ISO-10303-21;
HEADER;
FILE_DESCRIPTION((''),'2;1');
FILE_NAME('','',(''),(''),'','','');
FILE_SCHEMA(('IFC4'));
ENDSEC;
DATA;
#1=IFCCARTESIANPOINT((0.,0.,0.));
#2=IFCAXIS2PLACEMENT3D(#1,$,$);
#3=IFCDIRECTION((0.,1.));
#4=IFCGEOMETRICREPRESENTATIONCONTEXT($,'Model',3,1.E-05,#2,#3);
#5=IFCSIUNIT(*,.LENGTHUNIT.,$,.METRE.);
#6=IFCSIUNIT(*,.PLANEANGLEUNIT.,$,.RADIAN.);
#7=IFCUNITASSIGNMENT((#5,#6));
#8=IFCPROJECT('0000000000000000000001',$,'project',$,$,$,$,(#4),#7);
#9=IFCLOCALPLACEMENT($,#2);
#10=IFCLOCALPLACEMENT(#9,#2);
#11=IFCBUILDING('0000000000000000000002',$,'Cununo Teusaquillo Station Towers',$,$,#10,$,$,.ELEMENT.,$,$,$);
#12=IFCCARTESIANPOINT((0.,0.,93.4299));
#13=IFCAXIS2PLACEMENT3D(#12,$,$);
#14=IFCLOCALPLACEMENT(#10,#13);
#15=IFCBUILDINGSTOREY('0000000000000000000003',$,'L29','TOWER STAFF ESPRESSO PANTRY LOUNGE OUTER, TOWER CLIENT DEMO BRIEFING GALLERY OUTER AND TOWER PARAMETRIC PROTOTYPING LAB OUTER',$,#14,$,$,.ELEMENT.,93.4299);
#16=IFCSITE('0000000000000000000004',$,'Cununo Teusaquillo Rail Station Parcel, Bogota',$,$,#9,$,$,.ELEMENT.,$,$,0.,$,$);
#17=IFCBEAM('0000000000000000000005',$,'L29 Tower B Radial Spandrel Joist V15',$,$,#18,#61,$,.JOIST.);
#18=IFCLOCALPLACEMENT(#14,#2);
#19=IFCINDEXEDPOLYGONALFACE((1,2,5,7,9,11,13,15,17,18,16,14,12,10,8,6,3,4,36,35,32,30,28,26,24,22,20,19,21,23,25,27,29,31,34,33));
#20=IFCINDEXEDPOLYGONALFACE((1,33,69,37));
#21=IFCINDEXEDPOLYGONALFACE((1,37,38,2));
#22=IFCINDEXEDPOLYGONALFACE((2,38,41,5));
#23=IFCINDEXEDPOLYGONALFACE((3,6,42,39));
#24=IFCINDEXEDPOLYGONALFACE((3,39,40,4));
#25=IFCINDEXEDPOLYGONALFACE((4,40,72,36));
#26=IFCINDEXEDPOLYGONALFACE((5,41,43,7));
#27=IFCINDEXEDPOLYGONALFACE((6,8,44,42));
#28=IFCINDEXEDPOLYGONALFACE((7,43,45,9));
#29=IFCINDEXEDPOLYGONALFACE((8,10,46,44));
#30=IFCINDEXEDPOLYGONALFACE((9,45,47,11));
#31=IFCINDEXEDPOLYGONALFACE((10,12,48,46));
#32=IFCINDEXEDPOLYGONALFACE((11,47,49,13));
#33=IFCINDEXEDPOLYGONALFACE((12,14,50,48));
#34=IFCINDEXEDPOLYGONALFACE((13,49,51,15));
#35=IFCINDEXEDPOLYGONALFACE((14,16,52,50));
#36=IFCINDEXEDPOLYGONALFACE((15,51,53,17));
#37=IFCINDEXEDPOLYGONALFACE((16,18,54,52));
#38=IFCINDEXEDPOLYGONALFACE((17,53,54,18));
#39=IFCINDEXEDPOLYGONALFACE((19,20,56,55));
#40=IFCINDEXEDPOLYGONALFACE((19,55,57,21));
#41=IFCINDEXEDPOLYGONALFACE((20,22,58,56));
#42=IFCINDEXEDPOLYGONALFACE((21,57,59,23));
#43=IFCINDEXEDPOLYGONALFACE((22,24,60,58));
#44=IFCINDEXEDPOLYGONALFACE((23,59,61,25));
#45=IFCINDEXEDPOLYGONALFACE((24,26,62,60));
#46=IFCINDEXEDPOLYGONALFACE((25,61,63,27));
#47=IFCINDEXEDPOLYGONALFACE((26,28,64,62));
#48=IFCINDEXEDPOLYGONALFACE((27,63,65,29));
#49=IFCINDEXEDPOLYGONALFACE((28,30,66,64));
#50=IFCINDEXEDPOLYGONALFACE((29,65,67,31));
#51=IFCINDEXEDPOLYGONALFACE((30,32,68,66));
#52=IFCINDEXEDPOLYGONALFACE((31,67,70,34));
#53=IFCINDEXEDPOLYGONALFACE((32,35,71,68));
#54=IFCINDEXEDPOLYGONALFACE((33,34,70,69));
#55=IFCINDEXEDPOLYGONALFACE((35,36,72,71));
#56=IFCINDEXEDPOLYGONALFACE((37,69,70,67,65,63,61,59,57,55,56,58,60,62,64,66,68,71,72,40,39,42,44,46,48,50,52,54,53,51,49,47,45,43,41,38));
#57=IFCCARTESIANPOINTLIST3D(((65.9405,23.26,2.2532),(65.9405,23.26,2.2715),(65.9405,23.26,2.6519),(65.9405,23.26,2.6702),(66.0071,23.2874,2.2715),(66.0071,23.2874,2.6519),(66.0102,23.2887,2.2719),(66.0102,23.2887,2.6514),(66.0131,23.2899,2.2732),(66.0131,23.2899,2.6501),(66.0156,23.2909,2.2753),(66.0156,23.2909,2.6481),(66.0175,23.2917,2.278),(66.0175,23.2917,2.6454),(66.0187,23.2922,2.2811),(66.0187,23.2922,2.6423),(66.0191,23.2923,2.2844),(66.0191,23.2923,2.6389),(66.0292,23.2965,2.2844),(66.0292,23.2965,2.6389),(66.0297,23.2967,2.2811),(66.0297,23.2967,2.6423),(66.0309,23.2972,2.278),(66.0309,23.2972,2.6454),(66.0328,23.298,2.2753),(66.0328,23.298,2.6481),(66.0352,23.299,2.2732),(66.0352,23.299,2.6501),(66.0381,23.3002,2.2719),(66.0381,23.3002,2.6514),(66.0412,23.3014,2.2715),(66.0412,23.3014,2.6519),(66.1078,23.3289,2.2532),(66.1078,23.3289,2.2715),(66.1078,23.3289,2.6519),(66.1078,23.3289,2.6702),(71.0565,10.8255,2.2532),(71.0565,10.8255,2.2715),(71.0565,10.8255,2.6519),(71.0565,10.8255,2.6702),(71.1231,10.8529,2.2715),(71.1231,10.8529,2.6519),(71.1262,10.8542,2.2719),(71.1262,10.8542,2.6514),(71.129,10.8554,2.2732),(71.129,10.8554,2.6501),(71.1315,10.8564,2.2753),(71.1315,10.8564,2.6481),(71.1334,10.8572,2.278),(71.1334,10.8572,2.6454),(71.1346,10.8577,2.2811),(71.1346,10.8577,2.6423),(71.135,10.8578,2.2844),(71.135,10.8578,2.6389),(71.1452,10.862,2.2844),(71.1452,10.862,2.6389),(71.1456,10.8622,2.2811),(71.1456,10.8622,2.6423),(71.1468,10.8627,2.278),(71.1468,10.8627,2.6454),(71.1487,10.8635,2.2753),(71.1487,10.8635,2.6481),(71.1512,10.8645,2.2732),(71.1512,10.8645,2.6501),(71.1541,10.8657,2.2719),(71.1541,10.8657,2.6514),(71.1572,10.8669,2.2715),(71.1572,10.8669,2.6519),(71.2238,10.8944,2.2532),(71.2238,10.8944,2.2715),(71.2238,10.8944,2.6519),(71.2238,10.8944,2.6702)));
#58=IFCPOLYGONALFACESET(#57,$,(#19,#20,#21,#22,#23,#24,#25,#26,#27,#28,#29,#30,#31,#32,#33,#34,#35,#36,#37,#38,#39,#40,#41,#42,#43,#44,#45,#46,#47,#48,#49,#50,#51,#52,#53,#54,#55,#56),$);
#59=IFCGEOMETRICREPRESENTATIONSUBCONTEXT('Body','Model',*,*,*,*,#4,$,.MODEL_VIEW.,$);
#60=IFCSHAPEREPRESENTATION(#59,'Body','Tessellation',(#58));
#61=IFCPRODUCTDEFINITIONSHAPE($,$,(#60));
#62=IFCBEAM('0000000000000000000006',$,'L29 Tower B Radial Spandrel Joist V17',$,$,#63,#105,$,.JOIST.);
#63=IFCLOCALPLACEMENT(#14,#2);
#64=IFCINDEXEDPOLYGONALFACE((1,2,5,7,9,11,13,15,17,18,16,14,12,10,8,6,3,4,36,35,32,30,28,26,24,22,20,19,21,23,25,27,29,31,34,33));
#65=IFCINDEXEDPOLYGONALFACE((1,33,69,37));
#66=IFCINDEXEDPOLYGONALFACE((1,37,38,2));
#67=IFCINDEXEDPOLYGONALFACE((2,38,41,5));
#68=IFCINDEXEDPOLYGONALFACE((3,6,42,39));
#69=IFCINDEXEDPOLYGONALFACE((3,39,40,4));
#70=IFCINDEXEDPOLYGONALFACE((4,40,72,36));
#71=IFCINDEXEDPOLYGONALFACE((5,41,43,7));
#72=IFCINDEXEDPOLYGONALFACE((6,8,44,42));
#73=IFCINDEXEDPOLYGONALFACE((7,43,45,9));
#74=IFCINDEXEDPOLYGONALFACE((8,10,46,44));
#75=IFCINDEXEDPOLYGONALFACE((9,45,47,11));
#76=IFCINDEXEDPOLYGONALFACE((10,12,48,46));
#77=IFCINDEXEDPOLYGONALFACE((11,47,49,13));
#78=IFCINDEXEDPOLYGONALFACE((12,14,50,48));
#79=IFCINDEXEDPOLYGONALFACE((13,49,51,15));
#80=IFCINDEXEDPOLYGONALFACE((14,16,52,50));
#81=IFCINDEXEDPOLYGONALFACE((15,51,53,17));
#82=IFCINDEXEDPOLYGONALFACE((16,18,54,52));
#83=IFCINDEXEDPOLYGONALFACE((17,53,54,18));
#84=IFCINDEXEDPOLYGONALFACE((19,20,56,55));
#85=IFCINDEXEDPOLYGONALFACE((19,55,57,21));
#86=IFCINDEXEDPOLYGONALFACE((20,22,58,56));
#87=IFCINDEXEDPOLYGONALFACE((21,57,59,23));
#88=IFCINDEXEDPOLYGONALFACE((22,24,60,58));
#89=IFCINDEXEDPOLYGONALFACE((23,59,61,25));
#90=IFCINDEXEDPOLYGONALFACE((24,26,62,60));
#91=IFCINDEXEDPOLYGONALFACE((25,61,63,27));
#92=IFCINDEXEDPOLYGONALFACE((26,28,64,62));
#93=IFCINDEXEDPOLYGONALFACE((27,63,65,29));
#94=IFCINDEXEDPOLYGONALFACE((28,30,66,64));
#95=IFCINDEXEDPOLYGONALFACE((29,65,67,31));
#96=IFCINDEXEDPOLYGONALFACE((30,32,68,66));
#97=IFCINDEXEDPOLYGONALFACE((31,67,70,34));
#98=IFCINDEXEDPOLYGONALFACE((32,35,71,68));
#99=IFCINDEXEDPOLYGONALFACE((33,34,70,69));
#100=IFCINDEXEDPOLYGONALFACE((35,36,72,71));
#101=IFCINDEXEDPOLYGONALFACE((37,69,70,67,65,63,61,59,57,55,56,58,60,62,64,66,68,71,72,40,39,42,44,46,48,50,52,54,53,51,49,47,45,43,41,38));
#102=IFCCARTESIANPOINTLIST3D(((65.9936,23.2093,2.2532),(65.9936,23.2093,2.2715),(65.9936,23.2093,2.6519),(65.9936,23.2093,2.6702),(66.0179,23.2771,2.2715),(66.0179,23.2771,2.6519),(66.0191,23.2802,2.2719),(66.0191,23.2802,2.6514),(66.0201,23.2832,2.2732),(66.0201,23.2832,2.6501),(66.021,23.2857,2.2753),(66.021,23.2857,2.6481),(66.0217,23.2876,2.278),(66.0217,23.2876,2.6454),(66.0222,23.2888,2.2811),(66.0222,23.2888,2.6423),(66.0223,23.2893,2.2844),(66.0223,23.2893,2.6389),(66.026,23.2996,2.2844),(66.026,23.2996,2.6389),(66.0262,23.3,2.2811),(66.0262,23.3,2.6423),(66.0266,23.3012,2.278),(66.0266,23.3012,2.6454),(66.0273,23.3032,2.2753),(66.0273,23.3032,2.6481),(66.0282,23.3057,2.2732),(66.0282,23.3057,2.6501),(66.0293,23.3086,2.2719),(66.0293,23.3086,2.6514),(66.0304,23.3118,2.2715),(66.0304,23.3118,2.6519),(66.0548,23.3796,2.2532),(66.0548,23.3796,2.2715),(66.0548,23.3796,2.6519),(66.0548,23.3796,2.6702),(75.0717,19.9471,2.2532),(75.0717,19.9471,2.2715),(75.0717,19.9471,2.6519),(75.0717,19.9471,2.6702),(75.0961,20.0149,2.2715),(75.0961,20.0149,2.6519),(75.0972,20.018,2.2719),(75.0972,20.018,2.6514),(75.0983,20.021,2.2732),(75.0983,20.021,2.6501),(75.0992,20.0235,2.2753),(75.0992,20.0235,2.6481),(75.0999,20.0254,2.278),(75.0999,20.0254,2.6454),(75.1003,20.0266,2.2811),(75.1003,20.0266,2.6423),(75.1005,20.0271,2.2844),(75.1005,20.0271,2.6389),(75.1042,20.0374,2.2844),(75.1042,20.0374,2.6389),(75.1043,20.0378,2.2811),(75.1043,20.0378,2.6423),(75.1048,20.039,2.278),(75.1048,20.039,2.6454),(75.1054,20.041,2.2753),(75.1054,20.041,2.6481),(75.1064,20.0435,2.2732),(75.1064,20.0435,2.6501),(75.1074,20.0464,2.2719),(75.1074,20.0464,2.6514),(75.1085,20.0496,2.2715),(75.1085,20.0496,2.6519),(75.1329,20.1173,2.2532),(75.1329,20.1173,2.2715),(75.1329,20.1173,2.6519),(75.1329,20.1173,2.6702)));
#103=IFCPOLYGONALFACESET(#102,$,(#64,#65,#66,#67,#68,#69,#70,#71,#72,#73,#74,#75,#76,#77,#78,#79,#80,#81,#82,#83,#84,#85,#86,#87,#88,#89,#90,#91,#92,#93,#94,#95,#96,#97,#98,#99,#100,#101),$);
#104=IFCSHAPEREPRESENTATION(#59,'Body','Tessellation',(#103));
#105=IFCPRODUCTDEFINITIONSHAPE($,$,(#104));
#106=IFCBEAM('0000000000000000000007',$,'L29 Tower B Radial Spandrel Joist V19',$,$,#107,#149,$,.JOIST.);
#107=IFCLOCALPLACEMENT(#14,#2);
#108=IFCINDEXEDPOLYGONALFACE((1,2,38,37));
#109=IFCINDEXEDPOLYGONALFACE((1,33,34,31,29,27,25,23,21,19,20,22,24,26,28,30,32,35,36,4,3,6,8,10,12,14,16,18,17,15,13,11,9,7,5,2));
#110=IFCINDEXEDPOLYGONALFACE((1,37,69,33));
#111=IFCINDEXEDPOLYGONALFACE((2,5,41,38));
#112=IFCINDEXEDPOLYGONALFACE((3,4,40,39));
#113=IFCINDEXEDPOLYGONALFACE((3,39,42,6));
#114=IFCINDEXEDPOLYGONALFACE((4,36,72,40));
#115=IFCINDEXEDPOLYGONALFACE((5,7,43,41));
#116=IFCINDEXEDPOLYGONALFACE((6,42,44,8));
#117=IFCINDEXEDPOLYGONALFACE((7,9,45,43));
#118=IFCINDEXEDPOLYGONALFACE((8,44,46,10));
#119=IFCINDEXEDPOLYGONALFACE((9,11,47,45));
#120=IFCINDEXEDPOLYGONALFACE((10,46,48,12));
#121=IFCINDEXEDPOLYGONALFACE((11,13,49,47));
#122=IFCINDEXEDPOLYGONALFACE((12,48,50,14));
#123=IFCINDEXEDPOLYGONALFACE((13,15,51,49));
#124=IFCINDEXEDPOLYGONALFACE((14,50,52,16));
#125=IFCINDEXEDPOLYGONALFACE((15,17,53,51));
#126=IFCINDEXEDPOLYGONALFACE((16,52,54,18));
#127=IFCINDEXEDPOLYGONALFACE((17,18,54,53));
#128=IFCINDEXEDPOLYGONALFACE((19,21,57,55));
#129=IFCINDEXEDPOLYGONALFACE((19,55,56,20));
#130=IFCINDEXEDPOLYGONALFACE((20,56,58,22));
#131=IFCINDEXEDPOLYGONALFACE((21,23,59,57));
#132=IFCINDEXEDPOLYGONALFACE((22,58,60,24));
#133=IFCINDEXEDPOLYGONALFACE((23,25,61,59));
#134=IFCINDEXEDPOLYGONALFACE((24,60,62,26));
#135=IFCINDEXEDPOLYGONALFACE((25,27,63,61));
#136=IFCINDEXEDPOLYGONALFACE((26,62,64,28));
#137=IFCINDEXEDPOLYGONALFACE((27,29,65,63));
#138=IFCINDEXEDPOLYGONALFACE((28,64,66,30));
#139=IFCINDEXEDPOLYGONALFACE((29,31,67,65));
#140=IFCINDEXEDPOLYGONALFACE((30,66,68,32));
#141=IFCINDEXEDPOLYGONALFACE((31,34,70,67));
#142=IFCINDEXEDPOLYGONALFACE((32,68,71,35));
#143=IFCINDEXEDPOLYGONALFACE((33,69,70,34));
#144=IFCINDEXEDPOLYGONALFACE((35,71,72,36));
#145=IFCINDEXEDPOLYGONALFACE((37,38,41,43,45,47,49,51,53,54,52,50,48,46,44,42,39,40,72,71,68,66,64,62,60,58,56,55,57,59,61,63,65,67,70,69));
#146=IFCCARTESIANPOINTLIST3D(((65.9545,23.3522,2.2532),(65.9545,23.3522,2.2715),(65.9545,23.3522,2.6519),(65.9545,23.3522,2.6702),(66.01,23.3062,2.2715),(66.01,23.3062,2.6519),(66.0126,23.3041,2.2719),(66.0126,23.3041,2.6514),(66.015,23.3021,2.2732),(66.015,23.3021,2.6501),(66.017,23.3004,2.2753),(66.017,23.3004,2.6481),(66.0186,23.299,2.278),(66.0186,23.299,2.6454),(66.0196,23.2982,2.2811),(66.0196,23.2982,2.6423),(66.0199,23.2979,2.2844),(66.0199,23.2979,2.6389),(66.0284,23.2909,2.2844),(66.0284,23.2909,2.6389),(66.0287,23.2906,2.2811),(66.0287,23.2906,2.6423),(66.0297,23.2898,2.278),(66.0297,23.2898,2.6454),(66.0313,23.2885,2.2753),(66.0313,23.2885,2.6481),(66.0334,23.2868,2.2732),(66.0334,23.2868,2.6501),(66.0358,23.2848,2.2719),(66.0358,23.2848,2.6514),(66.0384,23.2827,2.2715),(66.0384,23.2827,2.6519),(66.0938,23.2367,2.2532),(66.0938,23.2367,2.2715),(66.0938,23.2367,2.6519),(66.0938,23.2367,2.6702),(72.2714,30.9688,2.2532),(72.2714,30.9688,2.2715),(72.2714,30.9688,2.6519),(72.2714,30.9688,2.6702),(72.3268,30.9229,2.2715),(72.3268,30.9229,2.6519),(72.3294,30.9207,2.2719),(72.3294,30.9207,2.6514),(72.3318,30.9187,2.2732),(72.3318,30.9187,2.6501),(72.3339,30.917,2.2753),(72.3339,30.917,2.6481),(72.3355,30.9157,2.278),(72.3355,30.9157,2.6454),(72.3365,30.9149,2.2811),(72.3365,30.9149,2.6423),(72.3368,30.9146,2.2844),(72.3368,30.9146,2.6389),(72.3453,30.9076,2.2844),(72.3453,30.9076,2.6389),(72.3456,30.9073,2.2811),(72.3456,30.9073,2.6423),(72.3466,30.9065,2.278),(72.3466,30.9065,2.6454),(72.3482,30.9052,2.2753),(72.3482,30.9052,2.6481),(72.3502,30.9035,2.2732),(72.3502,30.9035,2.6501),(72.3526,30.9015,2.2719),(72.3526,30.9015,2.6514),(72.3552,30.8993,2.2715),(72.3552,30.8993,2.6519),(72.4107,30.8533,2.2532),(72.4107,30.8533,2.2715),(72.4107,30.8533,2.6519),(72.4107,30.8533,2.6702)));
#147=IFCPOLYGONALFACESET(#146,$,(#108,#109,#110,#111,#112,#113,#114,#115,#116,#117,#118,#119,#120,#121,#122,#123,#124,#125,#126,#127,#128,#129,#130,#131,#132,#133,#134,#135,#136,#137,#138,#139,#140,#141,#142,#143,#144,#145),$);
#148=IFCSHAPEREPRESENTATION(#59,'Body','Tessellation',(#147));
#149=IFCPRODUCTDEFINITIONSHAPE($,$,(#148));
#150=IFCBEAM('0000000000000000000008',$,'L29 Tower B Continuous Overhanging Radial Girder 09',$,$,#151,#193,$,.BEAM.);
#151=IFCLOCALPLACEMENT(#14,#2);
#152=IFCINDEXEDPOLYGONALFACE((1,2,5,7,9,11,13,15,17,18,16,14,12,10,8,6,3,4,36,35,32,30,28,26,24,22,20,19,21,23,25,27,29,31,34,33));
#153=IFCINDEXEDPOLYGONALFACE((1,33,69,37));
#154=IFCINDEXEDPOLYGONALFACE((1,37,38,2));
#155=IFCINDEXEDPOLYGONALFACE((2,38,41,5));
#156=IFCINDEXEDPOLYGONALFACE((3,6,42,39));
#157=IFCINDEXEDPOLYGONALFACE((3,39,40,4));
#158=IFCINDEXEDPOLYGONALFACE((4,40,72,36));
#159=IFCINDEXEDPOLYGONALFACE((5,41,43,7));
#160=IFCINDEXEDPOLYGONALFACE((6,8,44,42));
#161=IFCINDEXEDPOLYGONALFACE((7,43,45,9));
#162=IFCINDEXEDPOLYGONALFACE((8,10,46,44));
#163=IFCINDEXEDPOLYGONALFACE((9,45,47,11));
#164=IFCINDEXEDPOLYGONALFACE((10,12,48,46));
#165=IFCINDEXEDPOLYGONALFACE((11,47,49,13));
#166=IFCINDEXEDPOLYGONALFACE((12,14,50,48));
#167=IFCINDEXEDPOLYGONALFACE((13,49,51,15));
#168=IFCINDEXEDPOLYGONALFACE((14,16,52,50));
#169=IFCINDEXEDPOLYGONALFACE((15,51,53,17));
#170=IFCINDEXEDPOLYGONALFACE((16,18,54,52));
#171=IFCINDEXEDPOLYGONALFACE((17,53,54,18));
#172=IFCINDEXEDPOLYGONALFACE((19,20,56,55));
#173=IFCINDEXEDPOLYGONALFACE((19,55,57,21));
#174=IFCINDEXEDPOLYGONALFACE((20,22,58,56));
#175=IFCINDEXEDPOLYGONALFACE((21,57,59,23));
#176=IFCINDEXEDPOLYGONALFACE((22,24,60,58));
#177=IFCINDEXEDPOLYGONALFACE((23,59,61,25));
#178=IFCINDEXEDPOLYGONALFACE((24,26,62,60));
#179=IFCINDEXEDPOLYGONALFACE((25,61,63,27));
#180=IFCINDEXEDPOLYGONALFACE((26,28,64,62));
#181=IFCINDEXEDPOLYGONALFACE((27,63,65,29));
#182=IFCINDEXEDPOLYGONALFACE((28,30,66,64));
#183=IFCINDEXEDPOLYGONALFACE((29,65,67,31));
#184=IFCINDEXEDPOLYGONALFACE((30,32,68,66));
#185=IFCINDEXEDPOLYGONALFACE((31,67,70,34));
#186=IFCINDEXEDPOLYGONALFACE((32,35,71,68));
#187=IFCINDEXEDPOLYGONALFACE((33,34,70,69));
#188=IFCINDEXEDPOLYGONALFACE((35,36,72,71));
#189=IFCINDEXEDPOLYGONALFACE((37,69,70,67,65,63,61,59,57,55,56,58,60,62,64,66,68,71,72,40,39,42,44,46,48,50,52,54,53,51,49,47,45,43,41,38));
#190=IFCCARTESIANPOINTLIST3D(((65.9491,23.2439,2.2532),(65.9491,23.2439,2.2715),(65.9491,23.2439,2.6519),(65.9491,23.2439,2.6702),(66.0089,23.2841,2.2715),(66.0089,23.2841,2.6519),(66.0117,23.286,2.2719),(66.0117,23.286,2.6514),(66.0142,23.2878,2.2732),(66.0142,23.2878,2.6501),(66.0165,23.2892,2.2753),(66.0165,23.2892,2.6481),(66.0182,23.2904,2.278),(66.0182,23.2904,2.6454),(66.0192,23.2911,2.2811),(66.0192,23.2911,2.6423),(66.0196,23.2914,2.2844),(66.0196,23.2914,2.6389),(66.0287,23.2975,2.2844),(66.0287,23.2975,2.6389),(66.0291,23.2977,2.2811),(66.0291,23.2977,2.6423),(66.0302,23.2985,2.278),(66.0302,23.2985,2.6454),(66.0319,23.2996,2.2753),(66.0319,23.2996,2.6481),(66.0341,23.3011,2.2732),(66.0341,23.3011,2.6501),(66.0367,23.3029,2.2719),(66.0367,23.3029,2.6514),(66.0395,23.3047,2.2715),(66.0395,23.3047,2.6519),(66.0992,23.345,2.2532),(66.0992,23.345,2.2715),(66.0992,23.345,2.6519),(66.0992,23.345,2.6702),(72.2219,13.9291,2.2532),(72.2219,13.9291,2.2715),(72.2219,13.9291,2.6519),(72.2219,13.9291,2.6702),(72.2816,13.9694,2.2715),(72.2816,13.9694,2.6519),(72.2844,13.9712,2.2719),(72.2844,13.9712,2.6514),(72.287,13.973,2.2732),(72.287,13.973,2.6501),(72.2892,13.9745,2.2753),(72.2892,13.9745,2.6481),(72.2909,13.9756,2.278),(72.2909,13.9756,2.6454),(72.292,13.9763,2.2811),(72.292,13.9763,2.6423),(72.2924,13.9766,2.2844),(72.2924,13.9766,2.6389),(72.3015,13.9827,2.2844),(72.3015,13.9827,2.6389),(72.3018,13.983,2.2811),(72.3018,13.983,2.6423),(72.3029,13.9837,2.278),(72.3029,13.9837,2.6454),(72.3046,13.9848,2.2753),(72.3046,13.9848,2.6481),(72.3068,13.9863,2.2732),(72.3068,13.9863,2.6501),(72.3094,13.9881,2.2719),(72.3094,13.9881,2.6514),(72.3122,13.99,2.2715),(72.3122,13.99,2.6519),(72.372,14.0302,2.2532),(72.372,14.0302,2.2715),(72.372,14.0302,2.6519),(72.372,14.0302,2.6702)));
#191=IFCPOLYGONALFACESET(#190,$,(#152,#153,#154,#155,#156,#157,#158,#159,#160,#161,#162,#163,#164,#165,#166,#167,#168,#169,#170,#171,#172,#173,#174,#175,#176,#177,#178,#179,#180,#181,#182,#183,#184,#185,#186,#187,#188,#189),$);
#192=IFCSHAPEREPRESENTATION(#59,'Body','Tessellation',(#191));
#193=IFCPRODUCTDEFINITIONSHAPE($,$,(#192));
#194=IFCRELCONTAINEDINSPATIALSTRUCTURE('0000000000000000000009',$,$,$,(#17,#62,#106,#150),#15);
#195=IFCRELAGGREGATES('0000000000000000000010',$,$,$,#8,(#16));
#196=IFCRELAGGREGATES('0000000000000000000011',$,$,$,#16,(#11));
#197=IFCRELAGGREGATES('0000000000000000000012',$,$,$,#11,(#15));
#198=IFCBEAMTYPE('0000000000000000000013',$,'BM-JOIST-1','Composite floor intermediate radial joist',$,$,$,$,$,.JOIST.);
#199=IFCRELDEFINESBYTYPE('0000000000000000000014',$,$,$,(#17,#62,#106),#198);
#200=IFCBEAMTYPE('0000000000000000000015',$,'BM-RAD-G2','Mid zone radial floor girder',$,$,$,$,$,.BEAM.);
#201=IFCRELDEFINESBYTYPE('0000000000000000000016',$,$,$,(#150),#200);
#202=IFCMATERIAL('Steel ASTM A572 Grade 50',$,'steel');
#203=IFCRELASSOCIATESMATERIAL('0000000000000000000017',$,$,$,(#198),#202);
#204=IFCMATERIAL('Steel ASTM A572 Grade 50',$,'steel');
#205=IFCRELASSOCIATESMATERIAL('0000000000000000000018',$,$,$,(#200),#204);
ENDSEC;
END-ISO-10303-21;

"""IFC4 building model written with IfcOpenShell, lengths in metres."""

from ifc_helpers import new_model, si_unit, direction, frame, origin, origin_2d, place, context, subcontext, project, spatial, i_section, extrude, material, material_profile, profile_set, type_object, element, save


model = new_model("IFC4")

# Units and contexts
model_context = context("Model", 3, precision=1e-05, world=origin(), true_north=direction((0.0, 1.0)))
body_context = subcontext(model_context, "Body", "Model", "MODEL_VIEW")
ifc_project = project(units=[si_unit("LENGTHUNIT", "METRE"), si_unit("PLANEANGLEUNIT", "RADIAN")], contexts=[model_context])

# Site, building, storey
site_placement = place(None, origin())
site = spatial("IfcSite", under=ifc_project, at=site_placement, Name="Cununo Teusaquillo Rail Station Parcel, Bogota", CompositionType="ELEMENT", RefElevation=0.0)
building_placement = place(site_placement, origin())
building = spatial("IfcBuilding", under=site, at=building_placement, Name="Cununo Teusaquillo Station Towers", CompositionType="ELEMENT")
storey_placement = place(building_placement, frame((0.0, 0.0, 93.4299)))
storey = spatial("IfcBuildingStorey", under=building, at=storey_placement, Name="L29", Description="TOWER STAFF ESPRESSO PANTRY LOUNGE OUTER, TOWER CLIENT DEMO BRIEFING GALLERY OUTER AND TOWER PARAMETRIC PROTOTYPING LAB OUTER", CompositionType="ELEMENT", Elevation=93.4299)

# Beams
ifc_material_1 = material(Name="Steel ASTM A572 Grade 50", Category="steel")
ifc_material_profile_1 = material_profile(ifc_material_1, i_section(OverallWidth=0.1809, OverallDepth=0.417, WebThickness=0.011, FlangeThickness=0.0183, FilletRadius=0.0129, at=origin_2d()), Name="W16X57")
ifc_profile_set_1 = profile_set([ifc_material_profile_1], Name="Steel ASTM A572 Grade 50")
beam_type_1 = type_object("IfcBeamType", Name="BM-JOIST-1", Description="Composite floor intermediate radial joist", PredefinedType="JOIST", material=ifc_profile_set_1)
beam_1_placement = place(storey_placement, frame((66.0242, 23.2944, 2.4617), z_axis=(0.380486, -0.924787, 0.0), x_axis=(0.924787, 0.380486, 0.0)))
element("IfcBeam", 1, at=beam_1_placement, inside=storey, type_object=beam_type_1, Name="L29 Tower B Radial Spandrel Joist V15", PredefinedType="JOIST", context=body_context, shape_type="SweptSolid", body=[
    extrude(i_section(OverallWidth=0.1809, OverallDepth=0.417, WebThickness=0.011, FlangeThickness=0.0183, FilletRadius=0.0129, at=origin_2d()), origin(), (0.0, 0.0, 1.0), 13.4458),
])
beam_2_placement = place(storey_placement, frame((66.0242, 23.2944, 2.4617), z_axis=(0.941083, -0.338176, 0.0), x_axis=(0.338176, 0.941083, 0.0)))
element("IfcBeam", 2, at=beam_2_placement, inside=storey, type_object=beam_type_1, Name="L29 Tower B Radial Spandrel Joist V17", PredefinedType="JOIST", context=body_context, shape_type="SweptSolid", body=[
    extrude(i_section(OverallWidth=0.1809, OverallDepth=0.417, WebThickness=0.011, FlangeThickness=0.0183, FilletRadius=0.0129, at=origin_2d()), origin(), (0.0, 0.0, 1.0), 9.6465),
])
beam_3_placement = place(storey_placement, frame((66.0242, 23.2944, 2.4617), z_axis=(0.638372, 0.769728, 0.0), x_axis=(-0.769728, 0.638372, 0.0)))
element("IfcBeam", 3, at=beam_3_placement, inside=storey, type_object=beam_type_1, Name="L29 Tower B Radial Spandrel Joist V19", PredefinedType="JOIST", context=body_context, shape_type="SweptSolid", body=[
    extrude(i_section(OverallWidth=0.1809, OverallDepth=0.417, WebThickness=0.011, FlangeThickness=0.0183, FilletRadius=0.0129, at=origin_2d()), origin(), (0.0, 0.0, 1.0), 9.8953),
])
ifc_material_2 = material(Name="Steel ASTM A572 Grade 50", Category="steel")
ifc_material_profile_2 = material_profile(ifc_material_2, i_section(OverallWidth=0.1809, OverallDepth=0.417, WebThickness=0.011, FlangeThickness=0.0183, FilletRadius=0.0129, at=origin_2d()), Name="W16X57")
ifc_profile_set_2 = profile_set([ifc_material_profile_2], Name="Steel ASTM A572 Grade 50")
beam_type_2 = type_object("IfcBeamType", Name="BM-RAD-G2", Description="Mid zone radial floor girder", PredefinedType="BEAM", material=ifc_profile_set_2)
beam_4_placement = place(storey_placement, frame((66.0242, 23.2944, 2.4617), z_axis=(0.558572, -0.829456, 0.0), x_axis=(0.829456, 0.558572, 0.0)))
element("IfcBeam", 4, at=beam_4_placement, inside=storey, type_object=beam_type_2, Name="L29 Tower B Continuous Overhanging Radial Girder 09", PredefinedType="BEAM", context=body_context, shape_type="SweptSolid", body=[
    extrude(i_section(OverallWidth=0.1809, OverallDepth=0.417, WebThickness=0.011, FlangeThickness=0.0183, FilletRadius=0.0129, at=origin_2d()), origin(), (0.0, 0.0, 1.0), 11.23),
])

save(model, "model.ifc")
